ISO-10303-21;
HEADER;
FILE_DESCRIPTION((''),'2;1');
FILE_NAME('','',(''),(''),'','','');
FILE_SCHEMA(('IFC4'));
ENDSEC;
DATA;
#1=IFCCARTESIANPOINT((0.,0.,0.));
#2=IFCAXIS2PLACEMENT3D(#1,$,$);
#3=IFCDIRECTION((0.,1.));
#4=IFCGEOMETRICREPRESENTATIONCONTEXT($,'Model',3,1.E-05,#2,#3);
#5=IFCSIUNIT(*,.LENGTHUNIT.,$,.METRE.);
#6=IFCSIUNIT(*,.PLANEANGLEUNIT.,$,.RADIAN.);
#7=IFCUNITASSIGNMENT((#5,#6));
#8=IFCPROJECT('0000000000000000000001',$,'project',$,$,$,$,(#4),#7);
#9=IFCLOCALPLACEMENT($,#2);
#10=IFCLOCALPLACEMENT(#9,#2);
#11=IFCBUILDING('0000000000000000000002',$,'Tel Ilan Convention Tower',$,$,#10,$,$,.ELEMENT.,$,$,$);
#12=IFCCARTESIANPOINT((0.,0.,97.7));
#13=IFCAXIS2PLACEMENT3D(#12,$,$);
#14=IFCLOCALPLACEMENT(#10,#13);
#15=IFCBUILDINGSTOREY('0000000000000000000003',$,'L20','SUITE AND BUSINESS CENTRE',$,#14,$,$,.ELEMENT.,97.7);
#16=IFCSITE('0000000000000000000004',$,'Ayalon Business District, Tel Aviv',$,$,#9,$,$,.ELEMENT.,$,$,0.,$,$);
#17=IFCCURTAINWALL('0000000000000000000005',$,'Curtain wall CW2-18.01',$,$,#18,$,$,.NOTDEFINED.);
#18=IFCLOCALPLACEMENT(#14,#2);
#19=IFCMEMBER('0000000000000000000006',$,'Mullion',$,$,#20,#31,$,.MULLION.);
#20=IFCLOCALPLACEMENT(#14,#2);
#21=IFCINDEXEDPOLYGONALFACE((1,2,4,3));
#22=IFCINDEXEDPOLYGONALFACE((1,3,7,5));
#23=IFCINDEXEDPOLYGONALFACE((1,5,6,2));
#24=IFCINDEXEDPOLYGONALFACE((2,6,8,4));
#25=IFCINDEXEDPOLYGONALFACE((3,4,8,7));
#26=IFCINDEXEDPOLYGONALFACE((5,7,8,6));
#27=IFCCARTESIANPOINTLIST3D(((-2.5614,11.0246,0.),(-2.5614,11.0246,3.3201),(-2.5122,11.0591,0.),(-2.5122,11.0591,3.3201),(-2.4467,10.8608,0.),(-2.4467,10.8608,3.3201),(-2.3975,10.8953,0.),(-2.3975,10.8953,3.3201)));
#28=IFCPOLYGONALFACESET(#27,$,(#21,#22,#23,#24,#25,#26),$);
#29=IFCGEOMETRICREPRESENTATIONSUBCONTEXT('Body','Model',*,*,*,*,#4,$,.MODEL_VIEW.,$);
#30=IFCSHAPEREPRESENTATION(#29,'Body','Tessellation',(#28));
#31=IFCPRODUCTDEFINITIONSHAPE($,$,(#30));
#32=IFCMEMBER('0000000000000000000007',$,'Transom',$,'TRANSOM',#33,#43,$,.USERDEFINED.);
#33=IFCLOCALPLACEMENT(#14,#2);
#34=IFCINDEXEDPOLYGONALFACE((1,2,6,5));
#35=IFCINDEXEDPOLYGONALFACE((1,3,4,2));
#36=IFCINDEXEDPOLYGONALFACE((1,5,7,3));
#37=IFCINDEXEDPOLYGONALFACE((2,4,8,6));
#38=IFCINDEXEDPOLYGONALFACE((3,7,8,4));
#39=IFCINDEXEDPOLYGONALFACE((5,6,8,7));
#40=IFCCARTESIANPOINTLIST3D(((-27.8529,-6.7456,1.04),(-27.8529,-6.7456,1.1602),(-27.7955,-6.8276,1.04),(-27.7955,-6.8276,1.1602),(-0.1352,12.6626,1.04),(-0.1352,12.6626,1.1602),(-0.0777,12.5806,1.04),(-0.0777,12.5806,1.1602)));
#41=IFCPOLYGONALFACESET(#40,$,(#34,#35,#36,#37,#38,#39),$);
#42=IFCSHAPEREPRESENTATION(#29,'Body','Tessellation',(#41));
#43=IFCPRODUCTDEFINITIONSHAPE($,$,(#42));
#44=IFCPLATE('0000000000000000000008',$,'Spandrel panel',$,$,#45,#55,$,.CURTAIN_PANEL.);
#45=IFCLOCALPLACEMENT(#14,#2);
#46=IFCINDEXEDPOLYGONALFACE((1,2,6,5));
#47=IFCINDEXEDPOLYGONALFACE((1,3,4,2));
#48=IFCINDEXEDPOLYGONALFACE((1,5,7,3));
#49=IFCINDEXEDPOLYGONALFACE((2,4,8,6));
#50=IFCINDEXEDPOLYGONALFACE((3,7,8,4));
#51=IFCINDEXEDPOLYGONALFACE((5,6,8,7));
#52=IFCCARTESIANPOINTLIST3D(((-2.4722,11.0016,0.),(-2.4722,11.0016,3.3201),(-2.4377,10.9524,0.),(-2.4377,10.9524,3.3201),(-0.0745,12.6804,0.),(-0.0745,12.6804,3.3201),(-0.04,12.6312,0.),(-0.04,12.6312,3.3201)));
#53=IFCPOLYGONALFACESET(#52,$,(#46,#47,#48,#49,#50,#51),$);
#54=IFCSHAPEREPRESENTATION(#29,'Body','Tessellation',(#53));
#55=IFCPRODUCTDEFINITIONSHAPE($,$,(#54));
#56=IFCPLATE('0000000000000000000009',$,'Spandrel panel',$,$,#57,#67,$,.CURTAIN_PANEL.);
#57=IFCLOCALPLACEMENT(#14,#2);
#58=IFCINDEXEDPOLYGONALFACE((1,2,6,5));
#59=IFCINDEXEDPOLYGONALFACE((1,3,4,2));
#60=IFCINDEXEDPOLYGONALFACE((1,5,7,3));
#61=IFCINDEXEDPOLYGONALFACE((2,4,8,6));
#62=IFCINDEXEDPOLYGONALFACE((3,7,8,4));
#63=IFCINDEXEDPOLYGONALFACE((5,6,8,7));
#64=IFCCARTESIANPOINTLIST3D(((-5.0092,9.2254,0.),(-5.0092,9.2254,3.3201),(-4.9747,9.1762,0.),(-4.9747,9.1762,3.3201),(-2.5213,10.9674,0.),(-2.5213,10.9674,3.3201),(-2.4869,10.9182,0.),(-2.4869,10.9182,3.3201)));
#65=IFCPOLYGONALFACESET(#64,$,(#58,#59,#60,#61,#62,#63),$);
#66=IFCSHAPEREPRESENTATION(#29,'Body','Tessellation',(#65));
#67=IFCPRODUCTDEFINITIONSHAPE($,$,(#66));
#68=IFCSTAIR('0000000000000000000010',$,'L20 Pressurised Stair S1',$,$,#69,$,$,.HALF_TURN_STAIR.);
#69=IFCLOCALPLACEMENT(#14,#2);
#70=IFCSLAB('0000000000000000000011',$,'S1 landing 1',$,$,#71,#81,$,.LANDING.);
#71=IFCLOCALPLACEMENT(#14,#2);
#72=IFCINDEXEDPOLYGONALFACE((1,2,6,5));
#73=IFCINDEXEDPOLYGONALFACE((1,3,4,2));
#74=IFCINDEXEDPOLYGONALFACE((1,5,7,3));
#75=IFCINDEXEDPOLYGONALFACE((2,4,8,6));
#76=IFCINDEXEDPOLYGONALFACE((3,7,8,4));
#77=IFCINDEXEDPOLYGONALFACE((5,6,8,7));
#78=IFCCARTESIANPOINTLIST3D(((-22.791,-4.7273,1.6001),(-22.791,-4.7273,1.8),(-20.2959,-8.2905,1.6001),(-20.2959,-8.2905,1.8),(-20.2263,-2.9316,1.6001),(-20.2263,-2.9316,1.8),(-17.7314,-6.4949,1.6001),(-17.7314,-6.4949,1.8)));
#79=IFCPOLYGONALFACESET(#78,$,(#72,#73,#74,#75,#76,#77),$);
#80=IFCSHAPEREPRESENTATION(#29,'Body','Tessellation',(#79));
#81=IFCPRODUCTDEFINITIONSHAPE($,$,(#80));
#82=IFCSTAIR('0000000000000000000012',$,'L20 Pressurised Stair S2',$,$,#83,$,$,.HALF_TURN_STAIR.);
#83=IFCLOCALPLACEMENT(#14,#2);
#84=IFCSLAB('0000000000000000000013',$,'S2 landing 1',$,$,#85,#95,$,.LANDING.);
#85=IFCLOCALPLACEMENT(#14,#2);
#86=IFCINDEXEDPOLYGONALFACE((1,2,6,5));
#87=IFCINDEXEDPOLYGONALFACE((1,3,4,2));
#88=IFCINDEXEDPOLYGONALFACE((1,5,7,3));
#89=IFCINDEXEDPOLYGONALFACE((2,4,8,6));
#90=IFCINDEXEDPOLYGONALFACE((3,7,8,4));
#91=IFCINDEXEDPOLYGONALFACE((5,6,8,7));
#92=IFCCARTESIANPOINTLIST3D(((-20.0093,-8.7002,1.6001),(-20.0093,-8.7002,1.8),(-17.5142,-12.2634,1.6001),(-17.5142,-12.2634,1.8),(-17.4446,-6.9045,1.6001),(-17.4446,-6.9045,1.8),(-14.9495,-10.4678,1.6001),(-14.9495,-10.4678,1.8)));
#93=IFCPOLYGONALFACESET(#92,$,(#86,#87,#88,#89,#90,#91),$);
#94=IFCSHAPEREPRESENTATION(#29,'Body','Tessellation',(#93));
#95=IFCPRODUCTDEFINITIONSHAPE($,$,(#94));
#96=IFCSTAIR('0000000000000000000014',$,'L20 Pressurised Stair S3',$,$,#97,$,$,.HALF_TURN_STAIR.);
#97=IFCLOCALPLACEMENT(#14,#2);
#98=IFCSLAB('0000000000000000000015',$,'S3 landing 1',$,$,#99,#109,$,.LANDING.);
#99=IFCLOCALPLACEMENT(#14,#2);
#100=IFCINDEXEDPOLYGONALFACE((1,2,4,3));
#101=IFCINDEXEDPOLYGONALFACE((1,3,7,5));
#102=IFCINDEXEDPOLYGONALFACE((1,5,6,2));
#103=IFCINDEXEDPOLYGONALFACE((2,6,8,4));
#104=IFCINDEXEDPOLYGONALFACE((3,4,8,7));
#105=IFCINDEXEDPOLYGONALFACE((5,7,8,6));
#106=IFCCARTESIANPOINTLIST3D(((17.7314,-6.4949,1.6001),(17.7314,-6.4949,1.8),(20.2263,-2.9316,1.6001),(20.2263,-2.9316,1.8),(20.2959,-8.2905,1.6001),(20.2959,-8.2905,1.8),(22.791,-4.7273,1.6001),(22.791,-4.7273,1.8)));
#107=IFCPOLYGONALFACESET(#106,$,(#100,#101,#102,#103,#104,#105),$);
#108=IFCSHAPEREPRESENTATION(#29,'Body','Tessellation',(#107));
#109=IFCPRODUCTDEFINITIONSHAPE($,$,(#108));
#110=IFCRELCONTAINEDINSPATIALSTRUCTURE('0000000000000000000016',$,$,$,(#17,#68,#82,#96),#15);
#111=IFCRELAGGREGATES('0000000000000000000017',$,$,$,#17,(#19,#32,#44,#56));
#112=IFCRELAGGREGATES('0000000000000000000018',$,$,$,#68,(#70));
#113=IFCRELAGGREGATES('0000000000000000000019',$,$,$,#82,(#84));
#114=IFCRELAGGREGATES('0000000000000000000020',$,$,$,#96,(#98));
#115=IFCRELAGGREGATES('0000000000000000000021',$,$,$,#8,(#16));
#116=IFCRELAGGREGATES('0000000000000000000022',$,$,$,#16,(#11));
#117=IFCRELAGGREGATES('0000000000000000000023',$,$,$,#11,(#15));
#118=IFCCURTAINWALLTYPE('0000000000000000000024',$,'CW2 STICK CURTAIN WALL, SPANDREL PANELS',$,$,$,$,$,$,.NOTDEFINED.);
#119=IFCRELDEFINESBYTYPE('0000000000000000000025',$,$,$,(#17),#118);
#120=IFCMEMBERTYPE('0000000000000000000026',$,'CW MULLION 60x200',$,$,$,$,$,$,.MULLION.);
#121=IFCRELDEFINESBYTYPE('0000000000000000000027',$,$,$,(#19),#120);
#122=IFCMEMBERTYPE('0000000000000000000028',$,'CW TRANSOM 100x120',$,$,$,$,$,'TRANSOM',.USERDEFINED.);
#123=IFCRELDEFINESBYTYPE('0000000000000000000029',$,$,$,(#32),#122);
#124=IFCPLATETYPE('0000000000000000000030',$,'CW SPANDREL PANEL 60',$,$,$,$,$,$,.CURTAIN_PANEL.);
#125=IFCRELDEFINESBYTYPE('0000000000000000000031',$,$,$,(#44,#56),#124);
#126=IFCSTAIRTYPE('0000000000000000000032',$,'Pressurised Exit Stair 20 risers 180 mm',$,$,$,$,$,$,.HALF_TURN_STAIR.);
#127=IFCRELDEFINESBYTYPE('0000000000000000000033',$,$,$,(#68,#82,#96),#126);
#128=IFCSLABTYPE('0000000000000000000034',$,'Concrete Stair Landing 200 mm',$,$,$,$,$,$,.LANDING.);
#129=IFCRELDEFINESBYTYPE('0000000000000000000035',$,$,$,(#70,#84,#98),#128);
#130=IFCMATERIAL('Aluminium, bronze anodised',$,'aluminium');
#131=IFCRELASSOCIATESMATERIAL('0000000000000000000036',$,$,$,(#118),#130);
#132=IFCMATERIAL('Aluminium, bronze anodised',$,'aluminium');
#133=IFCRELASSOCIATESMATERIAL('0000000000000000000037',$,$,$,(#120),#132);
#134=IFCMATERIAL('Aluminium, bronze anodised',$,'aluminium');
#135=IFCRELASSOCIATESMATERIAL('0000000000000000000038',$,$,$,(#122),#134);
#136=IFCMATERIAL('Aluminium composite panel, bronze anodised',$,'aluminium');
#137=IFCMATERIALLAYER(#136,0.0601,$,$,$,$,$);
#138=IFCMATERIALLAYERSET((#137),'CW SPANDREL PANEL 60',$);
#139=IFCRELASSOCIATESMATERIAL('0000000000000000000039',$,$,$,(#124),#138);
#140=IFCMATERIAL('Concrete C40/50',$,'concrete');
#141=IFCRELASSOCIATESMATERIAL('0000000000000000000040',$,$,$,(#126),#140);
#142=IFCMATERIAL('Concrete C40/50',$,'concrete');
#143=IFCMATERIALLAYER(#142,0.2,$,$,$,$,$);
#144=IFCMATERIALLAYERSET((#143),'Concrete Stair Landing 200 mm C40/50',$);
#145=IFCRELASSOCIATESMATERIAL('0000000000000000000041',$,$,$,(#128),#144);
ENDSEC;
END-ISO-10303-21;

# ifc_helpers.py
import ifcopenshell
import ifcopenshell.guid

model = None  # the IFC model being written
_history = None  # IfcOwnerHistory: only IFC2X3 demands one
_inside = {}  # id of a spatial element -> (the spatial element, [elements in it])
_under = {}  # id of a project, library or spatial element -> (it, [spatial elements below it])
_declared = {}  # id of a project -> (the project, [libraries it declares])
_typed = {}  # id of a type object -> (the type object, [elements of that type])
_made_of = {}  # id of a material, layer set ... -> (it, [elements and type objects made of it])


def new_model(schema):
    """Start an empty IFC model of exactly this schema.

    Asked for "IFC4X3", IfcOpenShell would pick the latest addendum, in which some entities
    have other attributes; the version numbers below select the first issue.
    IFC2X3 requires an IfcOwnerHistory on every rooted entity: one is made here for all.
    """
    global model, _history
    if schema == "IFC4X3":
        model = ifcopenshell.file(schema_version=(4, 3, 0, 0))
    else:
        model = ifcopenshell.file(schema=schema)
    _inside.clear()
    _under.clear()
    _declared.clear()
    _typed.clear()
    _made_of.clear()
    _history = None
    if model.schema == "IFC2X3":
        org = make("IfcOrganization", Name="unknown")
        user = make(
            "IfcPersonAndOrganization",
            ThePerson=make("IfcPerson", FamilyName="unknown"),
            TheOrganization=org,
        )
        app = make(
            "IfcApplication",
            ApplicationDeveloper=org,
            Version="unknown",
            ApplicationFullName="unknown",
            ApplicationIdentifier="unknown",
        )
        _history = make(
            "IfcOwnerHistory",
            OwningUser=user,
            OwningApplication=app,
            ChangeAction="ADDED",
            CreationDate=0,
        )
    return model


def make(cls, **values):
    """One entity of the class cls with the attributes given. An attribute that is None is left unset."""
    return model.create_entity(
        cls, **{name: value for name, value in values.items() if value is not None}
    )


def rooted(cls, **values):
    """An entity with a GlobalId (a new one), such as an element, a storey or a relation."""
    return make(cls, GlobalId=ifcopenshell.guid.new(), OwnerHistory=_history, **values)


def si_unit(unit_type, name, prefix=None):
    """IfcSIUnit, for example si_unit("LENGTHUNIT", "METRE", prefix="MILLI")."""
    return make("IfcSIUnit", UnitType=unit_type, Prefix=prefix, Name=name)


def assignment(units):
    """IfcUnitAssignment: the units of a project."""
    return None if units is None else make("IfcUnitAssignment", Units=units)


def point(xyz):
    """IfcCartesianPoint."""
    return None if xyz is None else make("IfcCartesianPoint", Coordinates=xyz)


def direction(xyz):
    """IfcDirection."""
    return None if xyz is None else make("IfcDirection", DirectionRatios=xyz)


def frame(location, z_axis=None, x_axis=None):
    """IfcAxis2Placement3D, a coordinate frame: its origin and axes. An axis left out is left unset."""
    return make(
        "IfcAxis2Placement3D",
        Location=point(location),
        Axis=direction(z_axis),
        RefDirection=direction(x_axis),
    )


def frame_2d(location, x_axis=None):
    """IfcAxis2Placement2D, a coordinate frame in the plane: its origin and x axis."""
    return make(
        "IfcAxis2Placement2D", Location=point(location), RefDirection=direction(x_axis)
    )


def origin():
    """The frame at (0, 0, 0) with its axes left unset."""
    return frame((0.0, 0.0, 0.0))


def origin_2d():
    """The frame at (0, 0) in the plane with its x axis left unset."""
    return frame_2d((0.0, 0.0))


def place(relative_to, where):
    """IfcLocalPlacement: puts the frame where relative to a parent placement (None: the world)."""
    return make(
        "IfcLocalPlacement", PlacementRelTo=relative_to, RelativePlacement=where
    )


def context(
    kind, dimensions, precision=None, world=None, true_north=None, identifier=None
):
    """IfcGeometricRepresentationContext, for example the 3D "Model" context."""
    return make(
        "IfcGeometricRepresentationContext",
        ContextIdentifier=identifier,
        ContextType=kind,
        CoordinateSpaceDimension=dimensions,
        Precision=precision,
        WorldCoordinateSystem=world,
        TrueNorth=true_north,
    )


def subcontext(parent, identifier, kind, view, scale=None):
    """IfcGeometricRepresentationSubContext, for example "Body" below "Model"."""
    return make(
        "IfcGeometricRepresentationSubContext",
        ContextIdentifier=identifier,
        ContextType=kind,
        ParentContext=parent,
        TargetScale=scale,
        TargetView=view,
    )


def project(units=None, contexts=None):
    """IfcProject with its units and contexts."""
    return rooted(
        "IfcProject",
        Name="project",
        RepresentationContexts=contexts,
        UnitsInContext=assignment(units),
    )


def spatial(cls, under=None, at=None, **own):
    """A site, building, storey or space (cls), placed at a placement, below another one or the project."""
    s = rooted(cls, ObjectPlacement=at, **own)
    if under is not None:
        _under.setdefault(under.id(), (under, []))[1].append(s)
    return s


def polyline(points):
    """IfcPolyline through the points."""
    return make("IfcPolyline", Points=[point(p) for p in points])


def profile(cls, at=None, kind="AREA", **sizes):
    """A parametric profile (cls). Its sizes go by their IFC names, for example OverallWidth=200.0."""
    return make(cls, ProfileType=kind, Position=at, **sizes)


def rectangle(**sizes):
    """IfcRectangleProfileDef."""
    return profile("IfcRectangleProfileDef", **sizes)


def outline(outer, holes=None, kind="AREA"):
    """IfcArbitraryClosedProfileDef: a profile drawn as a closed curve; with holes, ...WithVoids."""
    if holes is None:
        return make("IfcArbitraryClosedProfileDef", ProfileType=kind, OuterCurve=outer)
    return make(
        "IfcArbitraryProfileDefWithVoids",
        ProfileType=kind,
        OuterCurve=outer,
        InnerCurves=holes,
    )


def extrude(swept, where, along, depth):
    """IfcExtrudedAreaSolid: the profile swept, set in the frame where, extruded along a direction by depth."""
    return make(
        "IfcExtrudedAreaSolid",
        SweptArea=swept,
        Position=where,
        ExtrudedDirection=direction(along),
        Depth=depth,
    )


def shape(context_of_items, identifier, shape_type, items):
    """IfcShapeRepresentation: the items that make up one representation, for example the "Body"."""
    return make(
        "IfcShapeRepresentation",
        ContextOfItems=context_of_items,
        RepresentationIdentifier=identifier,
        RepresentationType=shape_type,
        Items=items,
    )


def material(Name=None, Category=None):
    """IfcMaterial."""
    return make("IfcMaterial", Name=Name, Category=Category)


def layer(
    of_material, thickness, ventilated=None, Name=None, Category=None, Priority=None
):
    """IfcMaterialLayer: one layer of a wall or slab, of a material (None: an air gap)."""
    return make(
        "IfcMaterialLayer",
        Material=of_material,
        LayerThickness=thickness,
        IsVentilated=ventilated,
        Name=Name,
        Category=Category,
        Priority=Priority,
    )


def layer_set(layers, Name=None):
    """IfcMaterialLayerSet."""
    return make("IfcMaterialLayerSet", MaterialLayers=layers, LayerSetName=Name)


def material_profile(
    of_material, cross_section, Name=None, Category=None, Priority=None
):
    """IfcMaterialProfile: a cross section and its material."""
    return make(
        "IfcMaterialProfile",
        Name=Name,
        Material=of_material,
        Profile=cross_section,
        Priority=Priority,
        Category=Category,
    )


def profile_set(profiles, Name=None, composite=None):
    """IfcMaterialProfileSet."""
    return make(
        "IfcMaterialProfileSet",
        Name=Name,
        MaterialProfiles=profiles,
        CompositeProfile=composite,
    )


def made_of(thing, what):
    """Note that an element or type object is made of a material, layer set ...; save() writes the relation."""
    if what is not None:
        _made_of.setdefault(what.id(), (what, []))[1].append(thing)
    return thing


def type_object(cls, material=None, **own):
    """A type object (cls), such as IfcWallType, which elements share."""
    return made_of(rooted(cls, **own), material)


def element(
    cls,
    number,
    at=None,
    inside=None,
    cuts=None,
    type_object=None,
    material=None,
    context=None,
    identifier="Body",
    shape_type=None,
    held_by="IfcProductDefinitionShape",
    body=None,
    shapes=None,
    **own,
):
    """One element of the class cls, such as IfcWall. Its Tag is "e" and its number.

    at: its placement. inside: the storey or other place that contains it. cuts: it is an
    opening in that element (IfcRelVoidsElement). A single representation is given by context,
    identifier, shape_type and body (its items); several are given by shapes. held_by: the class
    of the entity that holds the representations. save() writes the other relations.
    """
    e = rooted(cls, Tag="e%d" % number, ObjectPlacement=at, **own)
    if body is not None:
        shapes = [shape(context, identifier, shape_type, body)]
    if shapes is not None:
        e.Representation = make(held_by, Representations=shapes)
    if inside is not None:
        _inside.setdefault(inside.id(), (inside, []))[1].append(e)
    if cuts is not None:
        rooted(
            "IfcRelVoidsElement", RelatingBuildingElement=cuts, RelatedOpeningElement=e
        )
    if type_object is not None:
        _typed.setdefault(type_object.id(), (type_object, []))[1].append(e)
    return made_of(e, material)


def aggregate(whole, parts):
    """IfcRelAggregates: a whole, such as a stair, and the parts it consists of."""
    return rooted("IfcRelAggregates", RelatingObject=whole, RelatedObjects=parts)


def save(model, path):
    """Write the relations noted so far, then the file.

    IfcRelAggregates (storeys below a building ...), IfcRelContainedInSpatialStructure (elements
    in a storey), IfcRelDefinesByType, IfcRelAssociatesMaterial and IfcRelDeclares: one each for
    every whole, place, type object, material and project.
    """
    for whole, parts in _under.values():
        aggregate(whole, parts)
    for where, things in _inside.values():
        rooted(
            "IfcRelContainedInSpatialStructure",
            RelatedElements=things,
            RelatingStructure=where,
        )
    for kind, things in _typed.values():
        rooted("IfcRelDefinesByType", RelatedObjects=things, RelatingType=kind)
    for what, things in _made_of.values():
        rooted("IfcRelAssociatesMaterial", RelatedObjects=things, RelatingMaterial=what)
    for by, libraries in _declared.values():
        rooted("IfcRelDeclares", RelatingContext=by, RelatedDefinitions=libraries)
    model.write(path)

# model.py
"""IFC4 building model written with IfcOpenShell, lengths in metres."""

from ifc_helpers import new_model, si_unit, direction, frame, origin, origin_2d, place, context, subcontext, project, spatial, polyline, rectangle, outline, extrude, material, layer, layer_set, material_profile, profile_set, type_object, element, aggregate, save


model = new_model("IFC4")

# Units and contexts
model_context = context("Model", 3, precision=1e-05, world=origin(), true_north=direction((0.0, 1.0)))
body_context = subcontext(model_context, "Body", "Model", "MODEL_VIEW")
ifc_project = project(units=[si_unit("LENGTHUNIT", "METRE"), si_unit("PLANEANGLEUNIT", "RADIAN")], contexts=[model_context])

# Site, building, storey
site_placement = place(None, origin())
site = spatial("IfcSite", under=ifc_project, at=site_placement, Name="Ayalon Business District, Tel Aviv", CompositionType="ELEMENT", RefElevation=0.0)
building_placement = place(site_placement, origin())
building = spatial("IfcBuilding", under=site, at=building_placement, Name="Tel Ilan Convention Tower", CompositionType="ELEMENT")
storey_placement = place(building_placement, frame((0.0, 0.0, 97.7)))
storey = spatial("IfcBuildingStorey", under=building, at=storey_placement, Name="L20", Description="SUITE AND BUSINESS CENTRE", CompositionType="ELEMENT", Elevation=97.7)

# Curtain wall, members, plates
ifc_material_1 = material(Name="Aluminium, bronze anodised", Category="aluminium")
curtain_wall_type = type_object("IfcCurtainWallType", Name="CW2 STICK CURTAIN WALL, SPANDREL PANELS", PredefinedType="NOTDEFINED", material=ifc_material_1)
curtain_wall_placement = place(storey_placement, origin())
curtain_wall = element("IfcCurtainWall", 1, at=curtain_wall_placement, inside=storey, type_object=curtain_wall_type, Name="Curtain wall CW2-18.01", PredefinedType="NOTDEFINED")
ifc_material_2 = material(Name="Aluminium, bronze anodised", Category="aluminium")
ifc_material_profile_1 = material_profile(ifc_material_2, rectangle(XDim=0.0601, YDim=0.2, at=origin_2d()), Name="CW MULLION 60x200")
ifc_profile_set_1 = profile_set([ifc_material_profile_1], Name="Aluminium, bronze anodised")
member_type_1 = type_object("IfcMemberType", Name="CW MULLION 60x200", PredefinedType="MULLION", material=ifc_profile_set_1)
member_1_placement = place(storey_placement, frame((-2.4795, 10.96, 0.0), z_axis=(0.0, 0.0, 1.0), x_axis=(-0.819152, -0.573576, 0.0)))
member_1 = element("IfcMember", 2, at=member_1_placement, type_object=member_type_1, Name="Mullion", PredefinedType="MULLION", context=body_context, shape_type="SweptSolid", body=[
    extrude(rectangle(XDim=0.0601, YDim=0.2, at=origin_2d()), origin(), (0.0, 0.0, 1.0), 3.3201),
])
ifc_material_3 = material(Name="Aluminium, bronze anodised", Category="aluminium")
ifc_material_profile_2 = material_profile(ifc_material_3, rectangle(XDim=0.1001, YDim=0.1201, at=origin_2d()), Name="CW TRANSOM 100x120")
ifc_profile_set_2 = profile_set([ifc_material_profile_2], Name="Aluminium, bronze anodised")
member_type_2 = type_object("IfcMemberType", Name="CW TRANSOM 100x120", ElementType="TRANSOM", PredefinedType="USERDEFINED", material=ifc_profile_set_2)
member_2_placement = place(storey_placement, frame((-0.1064, 12.6216, 1.1001), z_axis=(-0.819152, -0.573577, 0.0), x_axis=(0.573577, -0.819152, 0.0)))
member_2 = element("IfcMember", 3, at=member_2_placement, type_object=member_type_2, Name="Transom", ObjectType="TRANSOM", PredefinedType="USERDEFINED", context=body_context, shape_type="SweptSolid", body=[
    extrude(rectangle(XDim=0.1001, YDim=0.1201, at=origin_2d()), origin(), (0.0, 0.0, 1.0), 33.8372),
])
ifc_material_4 = material(Name="Aluminium composite panel, bronze anodised", Category="aluminium")
ifc_layer_1 = layer(ifc_material_4, 0.0601)
ifc_layer_set_1 = layer_set([ifc_layer_1], Name="CW SPANDREL PANEL 60")
plate_type = type_object("IfcPlateType", Name="CW SPANDREL PANEL 60", PredefinedType="CURTAIN_PANEL", material=ifc_layer_set_1)
plate_1_placement = place(storey_placement, frame((-1.2561, 11.8164, 0.0), z_axis=(0.0, 0.0, 1.0), x_axis=(-0.819152, -0.573576, 0.0)))
plate_1 = element("IfcPlate", 4, at=plate_1_placement, type_object=plate_type, Name="Spandrel panel", PredefinedType="CURTAIN_PANEL", context=body_context, shape_type="SweptSolid", body=[
    extrude(rectangle(XDim=2.927, YDim=0.0601, at=origin_2d()), origin(), (0.0, 0.0, 1.0), 3.3201),
])
plate_2_placement = place(storey_placement, frame((-3.748, 10.0718, 0.0), z_axis=(0.0, 0.0, 1.0), x_axis=(-0.819152, -0.573576, 0.0)))
plate_2 = element("IfcPlate", 5, at=plate_2_placement, type_object=plate_type, Name="Spandrel panel", PredefinedType="CURTAIN_PANEL", context=body_context, shape_type="SweptSolid", body=[
    extrude(rectangle(XDim=3.0371, YDim=0.0601, at=origin_2d()), origin(), (0.0, 0.0, 1.0), 3.3201),
])
aggregate(curtain_wall, [member_1, member_2, plate_1, plate_2])

# Stairs, slabs
ifc_material_5 = material(Name="Concrete C40/50", Category="concrete")
stair_type = type_object("IfcStairType", Name="Pressurised Exit Stair 20 risers 180 mm", PredefinedType="HALF_TURN_STAIR", material=ifc_material_5)
stair_1_placement = place(storey_placement, origin())
stair_1 = element("IfcStair", 6, at=stair_1_placement, inside=storey, type_object=stair_type, Name="L20 Pressurised Stair S1", PredefinedType="HALF_TURN_STAIR")
ifc_material_6 = material(Name="Concrete C40/50", Category="concrete")
ifc_layer_2 = layer(ifc_material_6, 0.2)
ifc_layer_set_2 = layer_set([ifc_layer_2], Name="Concrete Stair Landing 200 mm C40/50")
slab_type_1 = type_object("IfcSlabType", Name="Concrete Stair Landing 200 mm", PredefinedType="LANDING", material=ifc_layer_set_2)
slab_1_placement = place(storey_placement, frame((0.0, 0.0, 1.6001)))
slab_1 = element("IfcSlab", 7, at=slab_1_placement, type_object=slab_type_1, Name="S1 landing 1", PredefinedType="LANDING", context=body_context, shape_type="SweptSolid", body=[
    extrude(outline(polyline([(-20.2959, -8.2905), (-17.7314, -6.4949), (-20.2263, -2.9316), (-22.791, -4.7273), (-20.2959, -8.2905)])), origin(), (0.0, 0.0, 1.0), 0.2),
])
aggregate(stair_1, [slab_1])
stair_2_placement = place(storey_placement, origin())
stair_2 = element("IfcStair", 8, at=stair_2_placement, inside=storey, type_object=stair_type, Name="L20 Pressurised Stair S2", PredefinedType="HALF_TURN_STAIR")
slab_2_placement = place(storey_placement, frame((0.0, 0.0, 1.6001)))
slab_2 = element("IfcSlab", 9, at=slab_2_placement, type_object=slab_type_1, Name="S2 landing 1", PredefinedType="LANDING", context=body_context, shape_type="SweptSolid", body=[
    extrude(outline(polyline([(-17.5142, -12.2634), (-14.9495, -10.4678), (-17.4446, -6.9045), (-20.0093, -8.7002), (-17.5142, -12.2634)])), origin(), (0.0, 0.0, 1.0), 0.2),
])
aggregate(stair_2, [slab_2])
stair_3_placement = place(storey_placement, origin())
stair_3 = element("IfcStair", 10, at=stair_3_placement, inside=storey, type_object=stair_type, Name="L20 Pressurised Stair S3", PredefinedType="HALF_TURN_STAIR")
slab_3_placement = place(storey_placement, frame((0.0, 0.0, 1.6001)))
slab_3 = element("IfcSlab", 11, at=slab_3_placement, type_object=slab_type_1, Name="S3 landing 1", PredefinedType="LANDING", context=body_context, shape_type="SweptSolid", body=[
    extrude(outline(polyline([(22.791, -4.7273), (20.2263, -2.9316), (17.7314, -6.4949), (20.2959, -8.2905), (22.791, -4.7273)])), origin(), (0.0, 0.0, 1.0), 0.2),
])
aggregate(stair_3, [slab_3])

save(model, "model.ifc")
